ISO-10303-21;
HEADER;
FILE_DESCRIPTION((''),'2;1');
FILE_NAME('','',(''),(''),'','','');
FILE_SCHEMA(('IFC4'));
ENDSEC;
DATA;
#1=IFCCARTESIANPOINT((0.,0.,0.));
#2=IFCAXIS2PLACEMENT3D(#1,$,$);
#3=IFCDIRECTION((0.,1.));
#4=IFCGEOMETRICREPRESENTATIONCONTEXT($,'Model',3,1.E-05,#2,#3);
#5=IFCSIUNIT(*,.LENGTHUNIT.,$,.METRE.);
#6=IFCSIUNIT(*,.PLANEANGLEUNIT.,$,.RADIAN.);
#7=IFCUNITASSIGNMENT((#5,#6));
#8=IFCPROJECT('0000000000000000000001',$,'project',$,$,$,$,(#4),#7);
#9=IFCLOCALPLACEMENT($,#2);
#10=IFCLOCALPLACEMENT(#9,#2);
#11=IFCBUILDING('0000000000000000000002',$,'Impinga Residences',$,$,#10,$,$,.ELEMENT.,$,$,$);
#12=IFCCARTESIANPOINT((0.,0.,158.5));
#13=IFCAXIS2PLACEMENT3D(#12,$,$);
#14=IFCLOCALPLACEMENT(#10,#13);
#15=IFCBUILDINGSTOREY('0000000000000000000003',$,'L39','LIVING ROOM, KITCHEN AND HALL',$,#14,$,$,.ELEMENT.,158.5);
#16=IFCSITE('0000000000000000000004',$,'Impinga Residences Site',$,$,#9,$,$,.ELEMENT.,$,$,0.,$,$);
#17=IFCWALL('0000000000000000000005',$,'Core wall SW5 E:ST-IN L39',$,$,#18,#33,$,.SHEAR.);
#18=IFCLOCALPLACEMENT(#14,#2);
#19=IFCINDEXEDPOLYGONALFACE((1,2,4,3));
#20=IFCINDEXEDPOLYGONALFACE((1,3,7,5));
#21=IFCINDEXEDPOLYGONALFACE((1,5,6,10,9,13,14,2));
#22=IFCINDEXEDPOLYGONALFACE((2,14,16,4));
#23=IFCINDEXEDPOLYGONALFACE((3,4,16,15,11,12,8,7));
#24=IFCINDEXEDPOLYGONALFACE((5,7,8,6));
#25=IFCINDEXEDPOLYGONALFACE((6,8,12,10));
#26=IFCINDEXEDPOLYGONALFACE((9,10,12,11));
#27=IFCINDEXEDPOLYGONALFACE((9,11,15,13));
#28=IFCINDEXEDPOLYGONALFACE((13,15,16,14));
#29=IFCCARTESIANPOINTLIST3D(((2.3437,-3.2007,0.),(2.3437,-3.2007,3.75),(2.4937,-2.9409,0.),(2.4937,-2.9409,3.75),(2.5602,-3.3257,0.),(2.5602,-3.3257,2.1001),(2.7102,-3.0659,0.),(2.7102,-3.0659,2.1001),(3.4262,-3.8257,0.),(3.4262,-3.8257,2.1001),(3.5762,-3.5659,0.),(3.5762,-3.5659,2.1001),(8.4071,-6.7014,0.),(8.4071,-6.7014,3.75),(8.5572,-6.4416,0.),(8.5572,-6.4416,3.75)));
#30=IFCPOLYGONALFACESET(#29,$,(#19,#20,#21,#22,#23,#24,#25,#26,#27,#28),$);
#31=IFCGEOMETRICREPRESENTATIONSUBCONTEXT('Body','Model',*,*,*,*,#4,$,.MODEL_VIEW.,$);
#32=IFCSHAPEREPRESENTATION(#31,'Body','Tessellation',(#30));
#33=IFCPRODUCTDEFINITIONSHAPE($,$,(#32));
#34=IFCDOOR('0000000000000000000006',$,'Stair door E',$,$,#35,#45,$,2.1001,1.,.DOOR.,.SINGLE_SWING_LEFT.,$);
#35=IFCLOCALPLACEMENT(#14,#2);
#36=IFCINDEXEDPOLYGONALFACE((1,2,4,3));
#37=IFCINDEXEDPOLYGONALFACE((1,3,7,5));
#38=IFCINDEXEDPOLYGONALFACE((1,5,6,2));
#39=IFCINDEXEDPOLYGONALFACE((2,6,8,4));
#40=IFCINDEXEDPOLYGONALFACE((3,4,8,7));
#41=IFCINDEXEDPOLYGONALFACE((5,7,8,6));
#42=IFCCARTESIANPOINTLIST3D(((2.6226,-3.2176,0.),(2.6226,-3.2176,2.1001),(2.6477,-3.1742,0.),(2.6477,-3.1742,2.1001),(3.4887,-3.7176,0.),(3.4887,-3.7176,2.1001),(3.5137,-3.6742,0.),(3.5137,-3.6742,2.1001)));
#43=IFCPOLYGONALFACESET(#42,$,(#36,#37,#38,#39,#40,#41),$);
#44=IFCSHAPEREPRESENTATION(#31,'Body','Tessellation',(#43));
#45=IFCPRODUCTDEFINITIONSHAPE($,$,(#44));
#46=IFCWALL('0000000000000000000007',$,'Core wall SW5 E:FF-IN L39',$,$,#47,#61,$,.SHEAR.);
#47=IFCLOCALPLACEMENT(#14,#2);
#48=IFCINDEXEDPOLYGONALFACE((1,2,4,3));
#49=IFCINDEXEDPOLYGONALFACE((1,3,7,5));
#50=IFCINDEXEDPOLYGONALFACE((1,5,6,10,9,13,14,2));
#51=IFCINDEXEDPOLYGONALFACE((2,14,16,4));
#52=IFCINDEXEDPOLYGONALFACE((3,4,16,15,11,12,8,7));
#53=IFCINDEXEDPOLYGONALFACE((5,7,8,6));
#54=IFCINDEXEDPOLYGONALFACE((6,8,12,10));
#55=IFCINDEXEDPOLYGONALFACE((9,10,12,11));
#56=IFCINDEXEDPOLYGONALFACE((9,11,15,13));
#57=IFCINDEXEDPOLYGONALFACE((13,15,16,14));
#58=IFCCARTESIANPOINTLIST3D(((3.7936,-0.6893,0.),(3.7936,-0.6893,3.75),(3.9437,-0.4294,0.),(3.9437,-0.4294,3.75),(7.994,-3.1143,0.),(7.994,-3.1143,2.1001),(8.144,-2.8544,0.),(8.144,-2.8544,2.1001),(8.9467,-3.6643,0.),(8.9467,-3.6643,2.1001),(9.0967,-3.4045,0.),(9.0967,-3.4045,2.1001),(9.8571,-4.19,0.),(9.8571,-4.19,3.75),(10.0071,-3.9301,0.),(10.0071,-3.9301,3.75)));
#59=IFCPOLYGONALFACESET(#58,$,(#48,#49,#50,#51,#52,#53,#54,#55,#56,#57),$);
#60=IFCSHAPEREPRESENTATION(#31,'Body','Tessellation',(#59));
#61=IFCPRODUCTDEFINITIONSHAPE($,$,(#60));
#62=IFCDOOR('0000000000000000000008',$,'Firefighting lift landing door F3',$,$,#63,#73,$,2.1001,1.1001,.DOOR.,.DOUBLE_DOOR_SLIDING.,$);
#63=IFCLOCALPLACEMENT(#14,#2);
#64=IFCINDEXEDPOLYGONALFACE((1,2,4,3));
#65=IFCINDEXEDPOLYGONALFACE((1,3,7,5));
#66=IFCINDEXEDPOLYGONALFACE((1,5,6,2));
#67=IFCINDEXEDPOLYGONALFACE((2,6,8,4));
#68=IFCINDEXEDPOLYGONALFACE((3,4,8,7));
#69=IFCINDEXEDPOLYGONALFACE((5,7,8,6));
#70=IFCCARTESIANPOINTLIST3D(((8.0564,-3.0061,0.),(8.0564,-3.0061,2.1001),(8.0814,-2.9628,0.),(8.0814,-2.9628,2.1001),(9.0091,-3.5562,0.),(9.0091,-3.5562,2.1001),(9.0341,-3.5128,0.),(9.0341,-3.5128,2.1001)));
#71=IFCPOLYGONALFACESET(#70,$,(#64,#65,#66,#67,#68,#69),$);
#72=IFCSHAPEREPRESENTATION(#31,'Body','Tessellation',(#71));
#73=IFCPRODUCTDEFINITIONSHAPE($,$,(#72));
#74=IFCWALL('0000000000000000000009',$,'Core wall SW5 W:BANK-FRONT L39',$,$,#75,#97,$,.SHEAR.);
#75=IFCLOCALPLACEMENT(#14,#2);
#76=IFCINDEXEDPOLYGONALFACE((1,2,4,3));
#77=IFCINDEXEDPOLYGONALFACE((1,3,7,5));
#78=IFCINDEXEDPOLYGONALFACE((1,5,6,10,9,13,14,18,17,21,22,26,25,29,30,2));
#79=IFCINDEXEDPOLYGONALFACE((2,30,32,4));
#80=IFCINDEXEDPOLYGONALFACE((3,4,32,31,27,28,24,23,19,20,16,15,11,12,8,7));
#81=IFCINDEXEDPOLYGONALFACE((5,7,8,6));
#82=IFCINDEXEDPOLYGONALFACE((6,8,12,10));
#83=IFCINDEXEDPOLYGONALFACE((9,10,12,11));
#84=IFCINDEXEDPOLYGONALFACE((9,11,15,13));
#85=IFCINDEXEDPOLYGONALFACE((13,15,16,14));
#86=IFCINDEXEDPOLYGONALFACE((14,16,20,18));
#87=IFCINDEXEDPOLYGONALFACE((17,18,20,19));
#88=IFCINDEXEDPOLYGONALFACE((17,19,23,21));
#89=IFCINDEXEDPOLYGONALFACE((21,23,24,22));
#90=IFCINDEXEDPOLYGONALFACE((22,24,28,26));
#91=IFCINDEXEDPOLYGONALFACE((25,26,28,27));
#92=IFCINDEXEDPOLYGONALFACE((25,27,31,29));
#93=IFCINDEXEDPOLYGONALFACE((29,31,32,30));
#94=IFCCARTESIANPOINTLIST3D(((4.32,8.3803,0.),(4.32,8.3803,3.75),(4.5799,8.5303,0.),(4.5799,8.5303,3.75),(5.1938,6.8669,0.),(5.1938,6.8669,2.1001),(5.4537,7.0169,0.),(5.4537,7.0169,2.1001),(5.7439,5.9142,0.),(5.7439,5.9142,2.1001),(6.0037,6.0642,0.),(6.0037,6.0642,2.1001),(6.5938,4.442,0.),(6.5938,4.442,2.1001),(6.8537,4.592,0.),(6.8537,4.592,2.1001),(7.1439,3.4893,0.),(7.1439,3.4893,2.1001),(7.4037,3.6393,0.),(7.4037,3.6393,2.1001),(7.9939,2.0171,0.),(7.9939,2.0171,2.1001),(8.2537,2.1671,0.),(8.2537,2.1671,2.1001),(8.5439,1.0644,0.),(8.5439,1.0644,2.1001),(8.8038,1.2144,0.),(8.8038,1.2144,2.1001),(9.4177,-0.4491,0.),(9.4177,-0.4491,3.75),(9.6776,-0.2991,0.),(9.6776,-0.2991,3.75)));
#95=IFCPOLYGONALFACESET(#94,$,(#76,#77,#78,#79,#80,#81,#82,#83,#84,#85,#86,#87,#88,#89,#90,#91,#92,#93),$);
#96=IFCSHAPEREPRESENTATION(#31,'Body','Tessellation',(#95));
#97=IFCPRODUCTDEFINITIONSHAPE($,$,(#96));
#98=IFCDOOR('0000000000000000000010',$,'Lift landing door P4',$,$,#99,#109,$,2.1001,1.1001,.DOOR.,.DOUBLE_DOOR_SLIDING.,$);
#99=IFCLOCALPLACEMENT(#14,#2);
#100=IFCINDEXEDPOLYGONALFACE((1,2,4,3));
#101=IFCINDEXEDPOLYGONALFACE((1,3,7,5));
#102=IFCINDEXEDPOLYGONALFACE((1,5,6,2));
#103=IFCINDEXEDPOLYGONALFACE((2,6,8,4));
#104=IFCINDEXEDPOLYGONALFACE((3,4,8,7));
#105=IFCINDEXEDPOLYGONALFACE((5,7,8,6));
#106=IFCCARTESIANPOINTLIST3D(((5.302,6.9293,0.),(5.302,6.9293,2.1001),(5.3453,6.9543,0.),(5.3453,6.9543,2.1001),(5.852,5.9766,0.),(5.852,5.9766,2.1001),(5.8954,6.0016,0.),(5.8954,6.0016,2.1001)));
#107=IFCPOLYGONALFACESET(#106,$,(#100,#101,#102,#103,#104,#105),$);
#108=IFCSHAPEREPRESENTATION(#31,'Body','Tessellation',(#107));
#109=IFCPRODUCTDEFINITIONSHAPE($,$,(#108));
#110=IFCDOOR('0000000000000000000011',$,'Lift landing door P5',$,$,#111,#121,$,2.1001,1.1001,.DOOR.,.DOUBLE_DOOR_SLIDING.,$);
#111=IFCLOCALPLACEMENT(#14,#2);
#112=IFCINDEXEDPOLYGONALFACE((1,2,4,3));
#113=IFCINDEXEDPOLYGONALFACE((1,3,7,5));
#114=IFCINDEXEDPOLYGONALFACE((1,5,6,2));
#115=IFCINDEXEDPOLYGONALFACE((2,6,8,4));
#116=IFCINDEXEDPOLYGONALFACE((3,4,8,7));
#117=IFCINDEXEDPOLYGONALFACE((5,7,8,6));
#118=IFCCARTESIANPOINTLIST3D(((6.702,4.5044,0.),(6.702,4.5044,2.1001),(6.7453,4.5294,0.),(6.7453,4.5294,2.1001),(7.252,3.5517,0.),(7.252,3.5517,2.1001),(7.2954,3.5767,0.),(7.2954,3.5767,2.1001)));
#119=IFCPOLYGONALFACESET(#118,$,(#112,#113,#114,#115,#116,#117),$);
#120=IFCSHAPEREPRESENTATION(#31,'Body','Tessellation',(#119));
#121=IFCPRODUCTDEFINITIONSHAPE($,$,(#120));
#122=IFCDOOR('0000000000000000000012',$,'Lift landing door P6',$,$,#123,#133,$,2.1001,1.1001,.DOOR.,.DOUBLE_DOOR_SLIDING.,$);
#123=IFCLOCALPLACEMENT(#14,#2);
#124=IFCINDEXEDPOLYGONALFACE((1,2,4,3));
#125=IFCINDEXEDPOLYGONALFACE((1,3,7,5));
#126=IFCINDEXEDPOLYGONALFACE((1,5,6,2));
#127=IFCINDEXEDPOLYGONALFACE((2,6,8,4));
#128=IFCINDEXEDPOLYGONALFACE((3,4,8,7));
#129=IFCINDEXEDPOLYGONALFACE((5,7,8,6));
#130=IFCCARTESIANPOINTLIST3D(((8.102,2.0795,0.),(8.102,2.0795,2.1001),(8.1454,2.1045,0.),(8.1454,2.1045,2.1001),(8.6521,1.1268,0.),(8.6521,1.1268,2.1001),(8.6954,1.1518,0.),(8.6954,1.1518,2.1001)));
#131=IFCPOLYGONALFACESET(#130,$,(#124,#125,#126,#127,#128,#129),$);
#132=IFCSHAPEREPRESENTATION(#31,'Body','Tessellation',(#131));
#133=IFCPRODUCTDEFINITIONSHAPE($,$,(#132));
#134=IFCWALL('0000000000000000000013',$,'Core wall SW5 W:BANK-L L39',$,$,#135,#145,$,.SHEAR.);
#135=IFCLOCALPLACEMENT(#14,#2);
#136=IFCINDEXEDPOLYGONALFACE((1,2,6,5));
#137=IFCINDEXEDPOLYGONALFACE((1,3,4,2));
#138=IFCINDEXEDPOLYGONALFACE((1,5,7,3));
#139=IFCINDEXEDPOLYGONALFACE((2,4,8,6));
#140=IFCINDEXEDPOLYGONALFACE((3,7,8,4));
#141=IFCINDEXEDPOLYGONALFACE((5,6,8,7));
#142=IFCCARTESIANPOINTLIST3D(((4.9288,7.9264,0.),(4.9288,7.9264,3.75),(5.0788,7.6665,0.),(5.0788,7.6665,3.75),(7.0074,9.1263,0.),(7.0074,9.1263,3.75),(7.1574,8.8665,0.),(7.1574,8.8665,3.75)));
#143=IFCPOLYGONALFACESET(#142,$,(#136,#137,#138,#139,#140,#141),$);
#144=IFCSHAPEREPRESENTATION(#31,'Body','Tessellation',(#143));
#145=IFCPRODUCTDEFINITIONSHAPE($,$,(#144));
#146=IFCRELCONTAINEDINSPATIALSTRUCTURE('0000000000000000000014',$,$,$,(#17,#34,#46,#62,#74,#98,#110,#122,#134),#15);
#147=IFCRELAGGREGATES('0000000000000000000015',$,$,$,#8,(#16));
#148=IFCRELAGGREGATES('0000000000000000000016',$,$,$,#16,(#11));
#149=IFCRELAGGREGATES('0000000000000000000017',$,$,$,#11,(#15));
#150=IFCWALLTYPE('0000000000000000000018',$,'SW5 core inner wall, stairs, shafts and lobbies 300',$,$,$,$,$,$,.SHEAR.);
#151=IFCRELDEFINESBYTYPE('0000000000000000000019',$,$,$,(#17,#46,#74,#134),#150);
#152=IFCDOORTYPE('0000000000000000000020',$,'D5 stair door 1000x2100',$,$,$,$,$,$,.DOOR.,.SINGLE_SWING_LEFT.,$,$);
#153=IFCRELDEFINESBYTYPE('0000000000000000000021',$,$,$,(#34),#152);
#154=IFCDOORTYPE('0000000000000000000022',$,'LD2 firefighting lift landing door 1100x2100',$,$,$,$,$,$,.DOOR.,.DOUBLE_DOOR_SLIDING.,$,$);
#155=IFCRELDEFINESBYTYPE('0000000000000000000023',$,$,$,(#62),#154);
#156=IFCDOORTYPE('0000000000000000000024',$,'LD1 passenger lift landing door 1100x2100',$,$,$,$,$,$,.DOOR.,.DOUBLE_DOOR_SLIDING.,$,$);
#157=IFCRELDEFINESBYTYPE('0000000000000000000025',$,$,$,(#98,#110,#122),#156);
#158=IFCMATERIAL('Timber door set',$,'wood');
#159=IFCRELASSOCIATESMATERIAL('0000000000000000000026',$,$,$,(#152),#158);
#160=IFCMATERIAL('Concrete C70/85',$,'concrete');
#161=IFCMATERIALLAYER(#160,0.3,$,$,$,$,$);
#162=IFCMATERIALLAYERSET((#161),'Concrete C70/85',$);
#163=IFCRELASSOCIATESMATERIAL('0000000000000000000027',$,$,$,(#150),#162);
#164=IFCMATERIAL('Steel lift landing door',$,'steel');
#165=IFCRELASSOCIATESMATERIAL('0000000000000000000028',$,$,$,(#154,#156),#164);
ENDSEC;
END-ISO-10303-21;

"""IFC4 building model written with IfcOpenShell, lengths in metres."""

from ifc_helpers import new_model, si_unit, direction, frame, frame_2d, origin, place, context, subcontext, project, spatial, rectangle, extrude, material, layer, layer_set, type_object, element, fill, save


model = new_model("IFC4")

# Units and contexts
model_context = context("Model", 3, precision=1e-05, world=origin(), true_north=direction((0.0, 1.0)))
body_context = subcontext(model_context, "Body", "Model", "MODEL_VIEW")
ifc_project = project(units=[si_unit("LENGTHUNIT", "METRE"), si_unit("PLANEANGLEUNIT", "RADIAN")], contexts=[model_context])

# Site, building, storey
site_placement = place(None, origin())
site = spatial("IfcSite", under=ifc_project, at=site_placement, Name="Impinga Residences Site", CompositionType="ELEMENT", RefElevation=0.0)
building_placement = place(site_placement, origin())
building = spatial("IfcBuilding", under=site, at=building_placement, Name="Impinga Residences", CompositionType="ELEMENT")
storey_placement = place(building_placement, frame((0.0, 0.0, 158.5)))
storey = spatial("IfcBuildingStorey", under=building, at=storey_placement, Name="L39", Description="LIVING ROOM, KITCHEN AND HALL", CompositionType="ELEMENT", Elevation=158.5)

# Shared definitions
ifc_material_1 = material(Name="Timber door set", Category="wood")
door_type_1 = type_object("IfcDoorType", Name="D5 stair door 1000x2100", OperationType="SINGLE_SWING_LEFT", PredefinedType="DOOR", material=ifc_material_1)

# Shared definitions
ifc_material_2 = material(Name="Concrete C70/85", Category="concrete")
ifc_layer_1 = layer(ifc_material_2, 0.3)
ifc_layer_set_1 = layer_set([ifc_layer_1], Name="Concrete C70/85")
wall_type_1 = type_object("IfcWallType", Name="SW5 core inner wall, stairs, shafts and lobbies 300", PredefinedType="SHEAR", material=ifc_layer_set_1)

# Walls, openings, doors
wall_1_placement = place(storey_placement, frame((2.4187, -3.0708, 0.0), z_axis=(0.0, 0.0, 1.0), x_axis=(0.866026, -0.499998, 0.0)))
wall_1 = element("IfcWall", 1, at=wall_1_placement, inside=storey, type_object=wall_type_1, Name="Core wall SW5 E:ST-IN L39", PredefinedType="SHEAR", context=body_context, shape_type="SweptSolid", body=[
    extrude(rectangle(XDim=7.0015, YDim=0.3, at=frame_2d((3.5007, 0.0))), origin(), (0.0, 0.0, 1.0), 3.75),
])
opening_1_placement = place(wall_1_placement, frame((0.25, 0.0, 0.0)))
opening_1 = element("IfcOpeningElement", 2, at=opening_1_placement, cuts=wall_1, PredefinedType="OPENING", context=body_context, shape_type="SweptSolid", body=[
    extrude(rectangle(XDim=1.0, YDim=2.1001, at=frame_2d((0.5, 1.05))), frame((0.0, 0.1599, 0.0), z_axis=(0.0, -1.0, 0.0), x_axis=(1.0, 0.0, 0.0)), (0.0, 0.0, 1.0), 0.3201),
])
door_1_placement = place(opening_1_placement, origin())
door_1 = element("IfcDoor", 3, at=door_1_placement, inside=storey, type_object=door_type_1, Name="Stair door E", OperationType="SINGLE_SWING_LEFT", OverallHeight=2.1001, OverallWidth=1.0, PredefinedType="DOOR", context=body_context, shape_type="SweptSolid", body=[
    extrude(rectangle(XDim=1.0, YDim=2.1001, at=frame_2d((0.5, 1.05))), frame((0.0, 0.0249, 0.0), z_axis=(0.0, -1.0, 0.0), x_axis=(1.0, 0.0, 0.0)), (0.0, 0.0, 1.0), 0.05),
])
fill(opening_1, door_1)
wall_2_placement = place(storey_placement, frame((3.8687, -0.5593, 0.0), z_axis=(0.0, 0.0, 1.0), x_axis=(0.866026, -0.499998, 0.0)))
wall_2 = element("IfcWall", 4, at=wall_2_placement, inside=storey, type_object=wall_type_1, Name="Core wall SW5 E:FF-IN L39", PredefinedType="SHEAR", context=body_context, shape_type="SweptSolid", body=[
    extrude(rectangle(XDim=7.0015, YDim=0.3, at=frame_2d((3.5007, 0.0))), origin(), (0.0, 0.0, 1.0), 3.75),
])
opening_2_placement = place(wall_2_placement, frame((4.8501, 0.0, 0.0)))
opening_2 = element("IfcOpeningElement", 5, at=opening_2_placement, cuts=wall_2, PredefinedType="OPENING", context=body_context, shape_type="SweptSolid", body=[
    extrude(rectangle(XDim=1.1001, YDim=2.1001, at=frame_2d((0.55, 1.05))), frame((0.0, 0.1599, 0.0), z_axis=(0.0, -1.0, 0.0), x_axis=(1.0, 0.0, 0.0)), (0.0, 0.0, 1.0), 0.3201),
])
ifc_material_3 = material(Name="Steel lift landing door", Category="steel")
door_type_2 = type_object("IfcDoorType", Name="LD2 firefighting lift landing door 1100x2100", OperationType="DOUBLE_DOOR_SLIDING", PredefinedType="DOOR", material=ifc_material_3)
door_2_placement = place(opening_2_placement, origin())
door_2 = element("IfcDoor", 6, at=door_2_placement, inside=storey, type_object=door_type_2, Name="Firefighting lift landing door F3", OperationType="DOUBLE_DOOR_SLIDING", OverallHeight=2.1001, OverallWidth=1.1001, PredefinedType="DOOR", context=body_context, shape_type="SweptSolid", body=[
    extrude(rectangle(XDim=1.1001, YDim=2.1001, at=frame_2d((0.55, 1.05))), frame((0.0, 0.0249, 0.0), z_axis=(0.0, -1.0, 0.0), x_axis=(1.0, 0.0, 0.0)), (0.0, 0.0, 1.0), 0.05),
])
fill(opening_2, door_2)

# Wall, openings, doors
wall_3_placement = place(storey_placement, frame((4.45, 8.4553, 0.0), z_axis=(0.0, 0.0, 1.0), x_axis=(0.500002, -0.866024, 0.0)))
wall_3 = element("IfcWall", 7, at=wall_3_placement, inside=storey, type_object=wall_type_1, Name="Core wall SW5 W:BANK-FRONT L39", PredefinedType="SHEAR", context=body_context, shape_type="SweptSolid", body=[
    extrude(rectangle(XDim=10.1953, YDim=0.3, at=frame_2d((5.0977, 0.0))), origin(), (0.0, 0.0, 1.0), 3.75),
])
opening_3_placement = place(wall_3_placement, frame((1.7476, 0.0, 0.0)))
opening_3 = element("IfcOpeningElement", 8, at=opening_3_placement, cuts=wall_3, PredefinedType="OPENING", context=body_context, shape_type="SweptSolid", body=[
    extrude(rectangle(XDim=1.1001, YDim=2.1001, at=frame_2d((0.55, 1.05))), frame((0.0, 0.1599, 0.0), z_axis=(0.0, -1.0, 0.0), x_axis=(1.0, 0.0, 0.0)), (0.0, 0.0, 1.0), 0.3201),
])
opening_4_placement = place(wall_3_placement, frame((4.5476, 0.0, 0.0)))
opening_4 = element("IfcOpeningElement", 9, at=opening_4_placement, cuts=wall_3, PredefinedType="OPENING", context=body_context, shape_type="SweptSolid", body=[
    extrude(rectangle(XDim=1.1001, YDim=2.1001, at=frame_2d((0.55, 1.05))), frame((0.0, 0.1599, 0.0), z_axis=(0.0, -1.0, 0.0), x_axis=(1.0, 0.0, 0.0)), (0.0, 0.0, 1.0), 0.3201),
])
opening_5_placement = place(wall_3_placement, frame((7.3477, 0.0, 0.0)))
opening_5 = element("IfcOpeningElement", 10, at=opening_5_placement, cuts=wall_3, PredefinedType="OPENING", context=body_context, shape_type="SweptSolid", body=[
    extrude(rectangle(XDim=1.1001, YDim=2.1001, at=frame_2d((0.55, 1.05))), frame((0.0, 0.1599, 0.0), z_axis=(0.0, -1.0, 0.0), x_axis=(1.0, 0.0, 0.0)), (0.0, 0.0, 1.0), 0.3201),
])
door_type_3 = type_object("IfcDoorType", Name="LD1 passenger lift landing door 1100x2100", OperationType="DOUBLE_DOOR_SLIDING", PredefinedType="DOOR", material=ifc_material_3)
door_3_placement = place(opening_3_placement, origin())
door_3 = element("IfcDoor", 11, at=door_3_placement, inside=storey, type_object=door_type_3, Name="Lift landing door P4", OperationType="DOUBLE_DOOR_SLIDING", OverallHeight=2.1001, OverallWidth=1.1001, PredefinedType="DOOR", context=body_context, shape_type="SweptSolid", body=[
    extrude(rectangle(XDim=1.1001, YDim=2.1001, at=frame_2d((0.55, 1.05))), frame((0.0, 0.0249, 0.0), z_axis=(0.0, -1.0, 0.0), x_axis=(1.0, 0.0, 0.0)), (0.0, 0.0, 1.0), 0.05),
])
fill(opening_3, door_3)
door_4_placement = place(opening_4_placement, origin())
door_4 = element("IfcDoor", 12, at=door_4_placement, inside=storey, type_object=door_type_3, Name="Lift landing door P5", OperationType="DOUBLE_DOOR_SLIDING", OverallHeight=2.1001, OverallWidth=1.1001, PredefinedType="DOOR", context=body_context, shape_type="SweptSolid", body=[
    extrude(rectangle(XDim=1.1001, YDim=2.1001, at=frame_2d((0.55, 1.05))), frame((0.0, 0.0249, 0.0), z_axis=(0.0, -1.0, 0.0), x_axis=(1.0, 0.0, 0.0)), (0.0, 0.0, 1.0), 0.05),
])
fill(opening_4, door_4)
door_5_placement = place(opening_5_placement, origin())
door_5 = element("IfcDoor", 13, at=door_5_placement, inside=storey, type_object=door_type_3, Name="Lift landing door P6", OperationType="DOUBLE_DOOR_SLIDING", OverallHeight=2.1001, OverallWidth=1.1001, PredefinedType="DOOR", context=body_context, shape_type="SweptSolid", body=[
    extrude(rectangle(XDim=1.1001, YDim=2.1001, at=frame_2d((0.55, 1.05))), frame((0.0, 0.0249, 0.0), z_axis=(0.0, -1.0, 0.0), x_axis=(1.0, 0.0, 0.0)), (0.0, 0.0, 1.0), 0.05),
])
fill(opening_5, door_5)

# Wall
wall_4_placement = place(storey_placement, frame((5.0037, 7.7964, 0.0), z_axis=(0.0, 0.0, 1.0), x_axis=(0.86605, 0.499957, 0.0)))
element("IfcWall", 14, at=wall_4_placement, inside=storey, type_object=wall_type_1, Name="Core wall SW5 W:BANK-L L39", PredefinedType="SHEAR", context=body_context, shape_type="SweptSolid", body=[
    extrude(rectangle(XDim=2.4001, YDim=0.3, at=frame_2d((1.2002, 0.0))), origin(), (0.0, 0.0, 1.0), 3.75),
])

save(model, "model.ifc")
